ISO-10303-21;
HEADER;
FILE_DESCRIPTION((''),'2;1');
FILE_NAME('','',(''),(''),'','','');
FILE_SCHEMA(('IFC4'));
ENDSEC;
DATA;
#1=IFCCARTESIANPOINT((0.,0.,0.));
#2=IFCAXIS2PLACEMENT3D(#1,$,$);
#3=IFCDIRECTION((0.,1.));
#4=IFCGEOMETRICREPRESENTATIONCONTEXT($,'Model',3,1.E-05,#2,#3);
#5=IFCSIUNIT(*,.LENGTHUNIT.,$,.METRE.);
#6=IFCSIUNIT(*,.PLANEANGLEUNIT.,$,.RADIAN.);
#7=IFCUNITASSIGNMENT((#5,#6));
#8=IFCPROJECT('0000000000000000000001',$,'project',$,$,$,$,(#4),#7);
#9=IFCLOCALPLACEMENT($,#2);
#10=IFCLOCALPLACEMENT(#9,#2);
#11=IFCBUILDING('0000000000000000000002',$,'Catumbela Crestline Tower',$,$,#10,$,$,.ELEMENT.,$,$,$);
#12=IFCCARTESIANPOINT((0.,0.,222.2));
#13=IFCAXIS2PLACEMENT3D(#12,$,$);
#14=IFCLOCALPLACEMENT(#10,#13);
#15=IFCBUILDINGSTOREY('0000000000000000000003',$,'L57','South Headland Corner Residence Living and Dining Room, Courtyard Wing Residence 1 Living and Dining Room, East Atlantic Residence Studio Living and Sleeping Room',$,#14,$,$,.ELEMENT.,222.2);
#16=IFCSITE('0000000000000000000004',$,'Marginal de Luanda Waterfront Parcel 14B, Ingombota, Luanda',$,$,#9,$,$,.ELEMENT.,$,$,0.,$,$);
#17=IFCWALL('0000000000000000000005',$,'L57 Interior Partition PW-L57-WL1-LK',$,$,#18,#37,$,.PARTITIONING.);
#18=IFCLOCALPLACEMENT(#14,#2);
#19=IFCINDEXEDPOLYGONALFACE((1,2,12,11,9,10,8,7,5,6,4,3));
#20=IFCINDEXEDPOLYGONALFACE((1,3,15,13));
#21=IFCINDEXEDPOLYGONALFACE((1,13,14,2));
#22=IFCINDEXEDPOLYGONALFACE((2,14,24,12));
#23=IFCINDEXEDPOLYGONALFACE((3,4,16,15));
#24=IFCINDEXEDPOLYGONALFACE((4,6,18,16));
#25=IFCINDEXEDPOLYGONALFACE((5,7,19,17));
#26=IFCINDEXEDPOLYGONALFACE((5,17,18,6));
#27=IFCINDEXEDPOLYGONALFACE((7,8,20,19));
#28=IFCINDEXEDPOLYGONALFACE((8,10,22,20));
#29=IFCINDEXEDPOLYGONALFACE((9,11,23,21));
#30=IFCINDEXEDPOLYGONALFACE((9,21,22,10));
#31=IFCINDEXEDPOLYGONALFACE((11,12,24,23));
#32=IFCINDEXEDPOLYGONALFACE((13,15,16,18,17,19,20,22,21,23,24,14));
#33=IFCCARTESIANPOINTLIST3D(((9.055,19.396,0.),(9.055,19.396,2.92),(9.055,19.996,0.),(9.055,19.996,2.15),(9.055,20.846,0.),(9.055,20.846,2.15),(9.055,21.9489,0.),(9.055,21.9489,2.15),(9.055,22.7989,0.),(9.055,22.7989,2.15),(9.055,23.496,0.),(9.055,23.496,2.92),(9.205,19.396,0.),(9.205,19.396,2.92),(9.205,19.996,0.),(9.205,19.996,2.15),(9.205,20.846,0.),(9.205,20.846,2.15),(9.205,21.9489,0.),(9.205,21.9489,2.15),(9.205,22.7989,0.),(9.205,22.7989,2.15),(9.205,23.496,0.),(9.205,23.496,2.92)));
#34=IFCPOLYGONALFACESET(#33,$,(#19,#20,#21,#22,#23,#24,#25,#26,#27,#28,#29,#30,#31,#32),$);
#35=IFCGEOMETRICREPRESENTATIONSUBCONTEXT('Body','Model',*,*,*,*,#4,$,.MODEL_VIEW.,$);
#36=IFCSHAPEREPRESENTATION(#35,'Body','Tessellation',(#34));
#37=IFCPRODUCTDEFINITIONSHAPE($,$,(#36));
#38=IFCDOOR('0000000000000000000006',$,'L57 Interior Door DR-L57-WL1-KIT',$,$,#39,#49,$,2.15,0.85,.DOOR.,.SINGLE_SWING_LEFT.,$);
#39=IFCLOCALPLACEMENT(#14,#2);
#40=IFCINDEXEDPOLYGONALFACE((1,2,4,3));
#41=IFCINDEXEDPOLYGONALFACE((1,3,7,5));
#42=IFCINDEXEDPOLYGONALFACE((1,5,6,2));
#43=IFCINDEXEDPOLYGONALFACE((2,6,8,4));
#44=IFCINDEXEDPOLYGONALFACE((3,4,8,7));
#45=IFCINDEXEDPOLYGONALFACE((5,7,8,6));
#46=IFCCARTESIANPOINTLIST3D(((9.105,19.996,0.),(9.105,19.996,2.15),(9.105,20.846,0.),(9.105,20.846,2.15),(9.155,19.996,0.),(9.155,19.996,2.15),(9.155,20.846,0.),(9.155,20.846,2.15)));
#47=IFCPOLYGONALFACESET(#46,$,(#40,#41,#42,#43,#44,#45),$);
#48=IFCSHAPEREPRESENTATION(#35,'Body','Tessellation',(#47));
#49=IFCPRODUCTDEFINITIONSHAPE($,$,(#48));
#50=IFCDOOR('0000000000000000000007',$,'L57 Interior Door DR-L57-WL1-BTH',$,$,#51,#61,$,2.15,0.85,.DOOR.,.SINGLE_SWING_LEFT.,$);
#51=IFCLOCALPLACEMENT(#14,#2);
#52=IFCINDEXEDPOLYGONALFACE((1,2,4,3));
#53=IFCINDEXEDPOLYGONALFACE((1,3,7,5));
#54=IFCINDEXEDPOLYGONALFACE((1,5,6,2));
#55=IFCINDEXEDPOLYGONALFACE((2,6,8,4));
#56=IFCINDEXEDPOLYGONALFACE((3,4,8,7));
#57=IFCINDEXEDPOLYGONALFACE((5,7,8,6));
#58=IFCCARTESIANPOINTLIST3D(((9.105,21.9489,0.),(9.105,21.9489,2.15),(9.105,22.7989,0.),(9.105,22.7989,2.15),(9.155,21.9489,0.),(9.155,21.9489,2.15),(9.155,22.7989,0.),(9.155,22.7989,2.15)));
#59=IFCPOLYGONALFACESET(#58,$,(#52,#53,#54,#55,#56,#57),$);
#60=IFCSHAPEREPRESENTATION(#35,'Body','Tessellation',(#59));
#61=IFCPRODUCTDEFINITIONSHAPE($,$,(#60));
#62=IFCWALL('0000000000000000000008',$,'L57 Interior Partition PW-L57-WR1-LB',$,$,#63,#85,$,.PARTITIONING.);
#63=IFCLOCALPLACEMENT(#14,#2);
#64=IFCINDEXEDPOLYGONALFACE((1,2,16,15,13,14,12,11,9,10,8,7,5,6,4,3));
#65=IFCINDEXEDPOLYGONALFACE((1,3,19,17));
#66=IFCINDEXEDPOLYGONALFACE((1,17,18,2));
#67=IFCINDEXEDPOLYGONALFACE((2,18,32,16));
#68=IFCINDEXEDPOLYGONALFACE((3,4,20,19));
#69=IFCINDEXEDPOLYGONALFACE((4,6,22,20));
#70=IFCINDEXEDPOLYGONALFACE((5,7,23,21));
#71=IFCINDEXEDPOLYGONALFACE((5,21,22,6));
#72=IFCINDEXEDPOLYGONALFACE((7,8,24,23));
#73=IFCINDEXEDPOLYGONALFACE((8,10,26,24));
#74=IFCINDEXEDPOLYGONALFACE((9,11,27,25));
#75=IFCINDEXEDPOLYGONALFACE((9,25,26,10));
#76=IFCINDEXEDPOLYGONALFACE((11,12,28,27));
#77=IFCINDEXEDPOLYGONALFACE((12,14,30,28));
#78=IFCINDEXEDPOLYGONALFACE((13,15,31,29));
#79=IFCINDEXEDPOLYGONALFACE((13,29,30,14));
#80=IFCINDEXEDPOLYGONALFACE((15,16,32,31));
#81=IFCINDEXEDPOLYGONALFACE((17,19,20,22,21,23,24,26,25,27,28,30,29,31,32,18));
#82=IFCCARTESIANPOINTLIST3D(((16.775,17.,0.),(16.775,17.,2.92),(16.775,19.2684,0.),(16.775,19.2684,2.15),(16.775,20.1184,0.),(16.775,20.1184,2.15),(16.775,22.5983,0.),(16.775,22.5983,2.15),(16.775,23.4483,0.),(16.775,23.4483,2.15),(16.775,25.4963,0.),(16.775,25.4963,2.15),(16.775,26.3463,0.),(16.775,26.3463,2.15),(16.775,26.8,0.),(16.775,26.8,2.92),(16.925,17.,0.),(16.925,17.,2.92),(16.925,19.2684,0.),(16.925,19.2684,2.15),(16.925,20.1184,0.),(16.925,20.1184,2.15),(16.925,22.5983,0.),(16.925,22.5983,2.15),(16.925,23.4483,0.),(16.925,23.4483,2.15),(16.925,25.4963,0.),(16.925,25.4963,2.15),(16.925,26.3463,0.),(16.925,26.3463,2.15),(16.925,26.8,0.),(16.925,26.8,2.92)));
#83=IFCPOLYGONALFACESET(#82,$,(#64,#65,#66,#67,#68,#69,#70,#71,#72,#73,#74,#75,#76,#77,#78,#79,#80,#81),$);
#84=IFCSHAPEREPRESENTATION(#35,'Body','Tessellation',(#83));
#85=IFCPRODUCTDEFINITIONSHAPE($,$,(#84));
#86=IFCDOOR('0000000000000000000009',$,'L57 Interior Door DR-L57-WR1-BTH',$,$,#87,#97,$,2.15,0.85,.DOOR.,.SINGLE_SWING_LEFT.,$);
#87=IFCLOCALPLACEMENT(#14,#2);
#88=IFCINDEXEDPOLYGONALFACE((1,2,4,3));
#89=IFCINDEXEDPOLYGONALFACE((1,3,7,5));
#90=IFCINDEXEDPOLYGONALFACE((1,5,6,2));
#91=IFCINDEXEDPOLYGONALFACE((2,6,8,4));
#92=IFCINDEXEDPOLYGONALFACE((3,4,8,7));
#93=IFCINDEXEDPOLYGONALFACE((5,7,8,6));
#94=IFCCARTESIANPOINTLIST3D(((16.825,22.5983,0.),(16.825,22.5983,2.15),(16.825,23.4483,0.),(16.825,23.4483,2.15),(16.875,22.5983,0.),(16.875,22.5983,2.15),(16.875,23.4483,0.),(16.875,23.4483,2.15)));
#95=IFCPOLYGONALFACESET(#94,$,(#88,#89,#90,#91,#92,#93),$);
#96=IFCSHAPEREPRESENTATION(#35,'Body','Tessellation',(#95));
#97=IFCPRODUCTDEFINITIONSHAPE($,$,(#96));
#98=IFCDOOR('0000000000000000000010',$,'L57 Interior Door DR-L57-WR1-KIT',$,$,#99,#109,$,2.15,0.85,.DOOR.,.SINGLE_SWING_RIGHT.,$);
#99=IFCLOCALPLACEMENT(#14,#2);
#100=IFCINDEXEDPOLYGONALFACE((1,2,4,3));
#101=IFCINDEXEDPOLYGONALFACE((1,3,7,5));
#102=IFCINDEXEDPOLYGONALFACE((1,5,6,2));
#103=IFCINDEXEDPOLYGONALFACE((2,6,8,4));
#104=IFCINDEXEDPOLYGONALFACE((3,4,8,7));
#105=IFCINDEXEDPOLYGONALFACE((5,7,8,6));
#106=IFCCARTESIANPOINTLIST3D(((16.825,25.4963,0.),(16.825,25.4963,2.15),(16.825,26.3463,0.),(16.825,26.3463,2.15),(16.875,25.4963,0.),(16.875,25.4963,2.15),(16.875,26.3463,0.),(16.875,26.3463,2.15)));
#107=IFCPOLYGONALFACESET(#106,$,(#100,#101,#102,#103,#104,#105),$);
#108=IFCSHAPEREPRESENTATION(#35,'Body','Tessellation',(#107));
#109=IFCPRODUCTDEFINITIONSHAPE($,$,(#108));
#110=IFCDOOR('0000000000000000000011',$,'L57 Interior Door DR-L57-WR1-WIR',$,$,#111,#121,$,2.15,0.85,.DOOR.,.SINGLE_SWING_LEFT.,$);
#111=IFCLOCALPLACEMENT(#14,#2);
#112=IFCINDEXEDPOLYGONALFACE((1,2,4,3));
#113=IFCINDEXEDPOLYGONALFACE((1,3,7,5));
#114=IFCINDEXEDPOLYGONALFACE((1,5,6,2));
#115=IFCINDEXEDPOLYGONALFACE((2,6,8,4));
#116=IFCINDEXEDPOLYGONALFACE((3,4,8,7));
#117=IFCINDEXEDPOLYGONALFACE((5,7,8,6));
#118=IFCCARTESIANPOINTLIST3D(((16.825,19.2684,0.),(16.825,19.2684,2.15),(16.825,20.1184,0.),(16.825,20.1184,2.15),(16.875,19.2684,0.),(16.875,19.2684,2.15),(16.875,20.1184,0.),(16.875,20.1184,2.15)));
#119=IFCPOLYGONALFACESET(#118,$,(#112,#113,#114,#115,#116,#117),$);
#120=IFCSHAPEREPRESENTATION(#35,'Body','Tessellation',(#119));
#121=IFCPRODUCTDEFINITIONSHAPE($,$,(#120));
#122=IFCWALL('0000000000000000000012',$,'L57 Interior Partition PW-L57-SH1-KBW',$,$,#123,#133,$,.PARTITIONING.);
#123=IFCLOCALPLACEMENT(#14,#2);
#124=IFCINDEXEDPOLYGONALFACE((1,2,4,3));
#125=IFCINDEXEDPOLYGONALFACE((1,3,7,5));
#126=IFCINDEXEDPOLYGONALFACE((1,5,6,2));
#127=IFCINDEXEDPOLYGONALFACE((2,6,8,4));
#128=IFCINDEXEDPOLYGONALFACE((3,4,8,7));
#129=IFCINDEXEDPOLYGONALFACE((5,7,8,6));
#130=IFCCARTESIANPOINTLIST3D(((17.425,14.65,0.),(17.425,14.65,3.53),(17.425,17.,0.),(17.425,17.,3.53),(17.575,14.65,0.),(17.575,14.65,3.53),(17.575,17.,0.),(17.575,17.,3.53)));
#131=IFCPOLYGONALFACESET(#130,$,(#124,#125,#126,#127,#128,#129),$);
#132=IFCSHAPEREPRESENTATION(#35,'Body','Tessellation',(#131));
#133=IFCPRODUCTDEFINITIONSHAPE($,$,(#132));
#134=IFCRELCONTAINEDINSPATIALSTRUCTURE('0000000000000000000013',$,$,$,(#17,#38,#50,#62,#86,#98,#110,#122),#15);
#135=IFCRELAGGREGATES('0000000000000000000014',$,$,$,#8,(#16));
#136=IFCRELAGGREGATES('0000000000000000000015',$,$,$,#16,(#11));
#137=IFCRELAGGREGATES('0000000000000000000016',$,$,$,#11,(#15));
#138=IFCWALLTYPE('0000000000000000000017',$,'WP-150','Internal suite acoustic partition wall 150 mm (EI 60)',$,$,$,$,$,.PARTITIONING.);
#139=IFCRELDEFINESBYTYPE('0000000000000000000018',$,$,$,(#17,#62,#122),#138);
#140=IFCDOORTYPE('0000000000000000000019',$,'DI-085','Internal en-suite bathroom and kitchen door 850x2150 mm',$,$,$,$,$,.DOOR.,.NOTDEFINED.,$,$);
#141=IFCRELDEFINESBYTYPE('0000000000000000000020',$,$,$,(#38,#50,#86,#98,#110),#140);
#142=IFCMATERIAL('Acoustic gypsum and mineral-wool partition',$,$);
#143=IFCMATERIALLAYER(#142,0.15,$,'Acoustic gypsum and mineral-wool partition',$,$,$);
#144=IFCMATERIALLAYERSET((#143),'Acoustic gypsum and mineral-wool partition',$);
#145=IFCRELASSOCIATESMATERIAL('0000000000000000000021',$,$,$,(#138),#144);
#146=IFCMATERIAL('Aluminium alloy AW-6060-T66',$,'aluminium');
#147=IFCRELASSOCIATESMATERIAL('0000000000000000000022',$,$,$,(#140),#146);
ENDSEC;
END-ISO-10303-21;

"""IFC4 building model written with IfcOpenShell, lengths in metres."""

from ifc_helpers import new_model, si_unit, direction, frame, frame_2d, origin, place, context, subcontext, project, spatial, rectangle, extrude, material, layer, layer_set, type_object, element, fill, save


model = new_model("IFC4")

# Units and contexts
model_context = context("Model", 3, precision=1e-05, world=origin(), true_north=direction((0.0, 1.0)))
body_context = subcontext(model_context, "Body", "Model", "MODEL_VIEW")
ifc_project = project(units=[si_unit("LENGTHUNIT", "METRE"), si_unit("PLANEANGLEUNIT", "RADIAN")], contexts=[model_context])

# Site, building, storey
site_placement = place(None, origin())
site = spatial("IfcSite", under=ifc_project, at=site_placement, Name="Marginal de Luanda Waterfront Parcel 14B, Ingombota, Luanda", CompositionType="ELEMENT", RefElevation=0.0)
building_placement = place(site_placement, origin())
building = spatial("IfcBuilding", under=site, at=building_placement, Name="Catumbela Crestline Tower", CompositionType="ELEMENT")
storey_placement = place(building_placement, frame((0.0, 0.0, 222.2)))
storey = spatial("IfcBuildingStorey", under=building, at=storey_placement, Name="L57", Description="South Headland Corner Residence Living and Dining Room, Courtyard Wing Residence 1 Living and Dining Room, East Atlantic Residence Studio Living and Sleeping Room", CompositionType="ELEMENT", Elevation=222.2)

# Shared definitions
ifc_material_1 = material(Name="Aluminium alloy AW-6060-T66", Category="aluminium")

# Shared definitions
ifc_material_2 = material(Name="Acoustic gypsum and mineral-wool partition")

# Shared definitions
ifc_layer_1 = layer(ifc_material_2, 0.15, Name="Acoustic gypsum and mineral-wool partition")
ifc_layer_set_1 = layer_set([ifc_layer_1], Name="Acoustic gypsum and mineral-wool partition")
wall_type_1 = type_object("IfcWallType", Name="WP-150", Description="Internal suite acoustic partition wall 150 mm (EI 60)", PredefinedType="PARTITIONING", material=ifc_layer_set_1)

# Walls, openings, doors
wall_1_placement = place(storey_placement, frame((9.13, 19.396, 0.0), z_axis=(0.0, 0.0, 1.0), x_axis=(0.0, 1.0, 0.0)))
wall_1 = element("IfcWall", 1, at=wall_1_placement, inside=storey, type_object=wall_type_1, Name="L57 Interior Partition PW-L57-WL1-LK", PredefinedType="PARTITIONING", context=body_context, shape_type="SweptSolid", body=[
    extrude(rectangle(XDim=4.1, YDim=0.15, at=frame_2d((2.05, 0.0))), origin(), (0.0, 0.0, 1.0), 2.92),
])
opening_1_placement = place(wall_1_placement, frame((0.6, 0.0, 0.0)))
opening_1 = element("IfcOpeningElement", 2, at=opening_1_placement, cuts=wall_1, PredefinedType="OPENING", context=body_context, shape_type="SweptSolid", body=[
    extrude(rectangle(XDim=0.85, YDim=2.15, at=frame_2d((0.425, 1.075))), frame((0.0, 0.085, 0.0), z_axis=(0.0, -1.0, 0.0), x_axis=(1.0, 0.0, 0.0)), (0.0, 0.0, 1.0), 0.17),
])
opening_2_placement = place(wall_1_placement, frame((2.5529, 0.0, 0.0)))
opening_2 = element("IfcOpeningElement", 3, at=opening_2_placement, cuts=wall_1, PredefinedType="OPENING", context=body_context, shape_type="SweptSolid", body=[
    extrude(rectangle(XDim=0.85, YDim=2.15, at=frame_2d((0.425, 1.075))), frame((0.0, 0.085, 0.0), z_axis=(0.0, -1.0, 0.0), x_axis=(1.0, 0.0, 0.0)), (0.0, 0.0, 1.0), 0.17),
])
door_type_1 = type_object("IfcDoorType", Name="DI-085", Description="Internal en-suite bathroom and kitchen door 850x2150 mm", OperationType="NOTDEFINED", PredefinedType="DOOR", material=ifc_material_1)
door_1_placement = place(opening_1_placement, origin())
door_1 = element("IfcDoor", 4, at=door_1_placement, inside=storey, type_object=door_type_1, Name="L57 Interior Door DR-L57-WL1-KIT", OperationType="SINGLE_SWING_LEFT", OverallHeight=2.15, OverallWidth=0.85, PredefinedType="DOOR", context=body_context, shape_type="SweptSolid", body=[
    extrude(rectangle(XDim=0.85, YDim=2.15, at=frame_2d((0.425, 1.075))), frame((0.0, 0.025, 0.0), z_axis=(0.0, -1.0, 0.0), x_axis=(1.0, 0.0, 0.0)), (0.0, 0.0, 1.0), 0.05),
])
fill(opening_1, door_1)
door_2_placement = place(opening_2_placement, origin())
door_2 = element("IfcDoor", 5, at=door_2_placement, inside=storey, type_object=door_type_1, Name="L57 Interior Door DR-L57-WL1-BTH", OperationType="SINGLE_SWING_LEFT", OverallHeight=2.15, OverallWidth=0.85, PredefinedType="DOOR", context=body_context, shape_type="SweptSolid", body=[
    extrude(rectangle(XDim=0.85, YDim=2.15, at=frame_2d((0.425, 1.075))), frame((0.0, 0.025, 0.0), z_axis=(0.0, -1.0, 0.0), x_axis=(1.0, 0.0, 0.0)), (0.0, 0.0, 1.0), 0.05),
])
fill(opening_2, door_2)
wall_2_placement = place(storey_placement, frame((16.85, 17.0, 0.0), z_axis=(0.0, 0.0, 1.0), x_axis=(0.0, 1.0, 0.0)))
wall_2 = element("IfcWall", 6, at=wall_2_placement, inside=storey, type_object=wall_type_1, Name="L57 Interior Partition PW-L57-WR1-LB", PredefinedType="PARTITIONING", context=body_context, shape_type="SweptSolid", body=[
    extrude(rectangle(XDim=9.8, YDim=0.15, at=frame_2d((4.9, 0.0))), origin(), (0.0, 0.0, 1.0), 2.92),
])
opening_3_placement = place(wall_2_placement, frame((5.5983, 0.0, 0.0)))
opening_3 = element("IfcOpeningElement", 7, at=opening_3_placement, cuts=wall_2, PredefinedType="OPENING", context=body_context, shape_type="SweptSolid", body=[
    extrude(rectangle(XDim=0.85, YDim=2.15, at=frame_2d((0.425, 1.075))), frame((0.0, 0.085, 0.0), z_axis=(0.0, -1.0, 0.0), x_axis=(1.0, 0.0, 0.0)), (0.0, 0.0, 1.0), 0.17),
])
opening_4_placement = place(wall_2_placement, frame((8.4963, 0.0, 0.0)))
opening_4 = element("IfcOpeningElement", 8, at=opening_4_placement, cuts=wall_2, PredefinedType="OPENING", context=body_context, shape_type="SweptSolid", body=[
    extrude(rectangle(XDim=0.85, YDim=2.15, at=frame_2d((0.425, 1.075))), frame((0.0, 0.085, 0.0), z_axis=(0.0, -1.0, 0.0), x_axis=(1.0, 0.0, 0.0)), (0.0, 0.0, 1.0), 0.17),
])
opening_5_placement = place(wall_2_placement, frame((2.2684, 0.0, 0.0)))
opening_5 = element("IfcOpeningElement", 9, at=opening_5_placement, cuts=wall_2, PredefinedType="OPENING", context=body_context, shape_type="SweptSolid", body=[
    extrude(rectangle(XDim=0.85, YDim=2.15, at=frame_2d((0.425, 1.075))), frame((0.0, 0.085, 0.0), z_axis=(0.0, -1.0, 0.0), x_axis=(1.0, 0.0, 0.0)), (0.0, 0.0, 1.0), 0.17),
])
door_3_placement = place(opening_3_placement, origin())
door_3 = element("IfcDoor", 10, at=door_3_placement, inside=storey, type_object=door_type_1, Name="L57 Interior Door DR-L57-WR1-BTH", OperationType="SINGLE_SWING_LEFT", OverallHeight=2.15, OverallWidth=0.85, PredefinedType="DOOR", context=body_context, shape_type="SweptSolid", body=[
    extrude(rectangle(XDim=0.85, YDim=2.15, at=frame_2d((0.425, 1.075))), frame((0.0, 0.025, 0.0), z_axis=(0.0, -1.0, 0.0), x_axis=(1.0, 0.0, 0.0)), (0.0, 0.0, 1.0), 0.05),
])
fill(opening_3, door_3)
door_4_placement = place(opening_4_placement, origin())
door_4 = element("IfcDoor", 11, at=door_4_placement, inside=storey, type_object=door_type_1, Name="L57 Interior Door DR-L57-WR1-KIT", OperationType="SINGLE_SWING_RIGHT", OverallHeight=2.15, OverallWidth=0.85, PredefinedType="DOOR", context=body_context, shape_type="SweptSolid", body=[
    extrude(rectangle(XDim=0.85, YDim=2.15, at=frame_2d((0.425, 1.075))), frame((0.0, 0.025, 0.0), z_axis=(0.0, -1.0, 0.0), x_axis=(1.0, 0.0, 0.0)), (0.0, 0.0, 1.0), 0.05),
])
fill(opening_4, door_4)
door_5_placement = place(opening_5_placement, origin())
door_5 = element("IfcDoor", 12, at=door_5_placement, inside=storey, type_object=door_type_1, Name="L57 Interior Door DR-L57-WR1-WIR", OperationType="SINGLE_SWING_LEFT", OverallHeight=2.15, OverallWidth=0.85, PredefinedType="DOOR", context=body_context, shape_type="SweptSolid", body=[
    extrude(rectangle(XDim=0.85, YDim=2.15, at=frame_2d((0.425, 1.075))), frame((0.0, 0.025, 0.0), z_axis=(0.0, -1.0, 0.0), x_axis=(1.0, 0.0, 0.0)), (0.0, 0.0, 1.0), 0.05),
])
fill(opening_5, door_5)

# Wall
wall_3_placement = place(storey_placement, frame((17.5, 14.65, 0.0), z_axis=(0.0, 0.0, 1.0), x_axis=(0.0, 1.0, 0.0)))
element("IfcWall", 13, at=wall_3_placement, inside=storey, type_object=wall_type_1, Name="L57 Interior Partition PW-L57-SH1-KBW", PredefinedType="PARTITIONING", context=body_context, shape_type="SweptSolid", body=[
    extrude(rectangle(XDim=2.35, YDim=0.15, at=frame_2d((1.175, 0.0))), origin(), (0.0, 0.0, 1.0), 3.53),
])

save(model, "model.ifc")
